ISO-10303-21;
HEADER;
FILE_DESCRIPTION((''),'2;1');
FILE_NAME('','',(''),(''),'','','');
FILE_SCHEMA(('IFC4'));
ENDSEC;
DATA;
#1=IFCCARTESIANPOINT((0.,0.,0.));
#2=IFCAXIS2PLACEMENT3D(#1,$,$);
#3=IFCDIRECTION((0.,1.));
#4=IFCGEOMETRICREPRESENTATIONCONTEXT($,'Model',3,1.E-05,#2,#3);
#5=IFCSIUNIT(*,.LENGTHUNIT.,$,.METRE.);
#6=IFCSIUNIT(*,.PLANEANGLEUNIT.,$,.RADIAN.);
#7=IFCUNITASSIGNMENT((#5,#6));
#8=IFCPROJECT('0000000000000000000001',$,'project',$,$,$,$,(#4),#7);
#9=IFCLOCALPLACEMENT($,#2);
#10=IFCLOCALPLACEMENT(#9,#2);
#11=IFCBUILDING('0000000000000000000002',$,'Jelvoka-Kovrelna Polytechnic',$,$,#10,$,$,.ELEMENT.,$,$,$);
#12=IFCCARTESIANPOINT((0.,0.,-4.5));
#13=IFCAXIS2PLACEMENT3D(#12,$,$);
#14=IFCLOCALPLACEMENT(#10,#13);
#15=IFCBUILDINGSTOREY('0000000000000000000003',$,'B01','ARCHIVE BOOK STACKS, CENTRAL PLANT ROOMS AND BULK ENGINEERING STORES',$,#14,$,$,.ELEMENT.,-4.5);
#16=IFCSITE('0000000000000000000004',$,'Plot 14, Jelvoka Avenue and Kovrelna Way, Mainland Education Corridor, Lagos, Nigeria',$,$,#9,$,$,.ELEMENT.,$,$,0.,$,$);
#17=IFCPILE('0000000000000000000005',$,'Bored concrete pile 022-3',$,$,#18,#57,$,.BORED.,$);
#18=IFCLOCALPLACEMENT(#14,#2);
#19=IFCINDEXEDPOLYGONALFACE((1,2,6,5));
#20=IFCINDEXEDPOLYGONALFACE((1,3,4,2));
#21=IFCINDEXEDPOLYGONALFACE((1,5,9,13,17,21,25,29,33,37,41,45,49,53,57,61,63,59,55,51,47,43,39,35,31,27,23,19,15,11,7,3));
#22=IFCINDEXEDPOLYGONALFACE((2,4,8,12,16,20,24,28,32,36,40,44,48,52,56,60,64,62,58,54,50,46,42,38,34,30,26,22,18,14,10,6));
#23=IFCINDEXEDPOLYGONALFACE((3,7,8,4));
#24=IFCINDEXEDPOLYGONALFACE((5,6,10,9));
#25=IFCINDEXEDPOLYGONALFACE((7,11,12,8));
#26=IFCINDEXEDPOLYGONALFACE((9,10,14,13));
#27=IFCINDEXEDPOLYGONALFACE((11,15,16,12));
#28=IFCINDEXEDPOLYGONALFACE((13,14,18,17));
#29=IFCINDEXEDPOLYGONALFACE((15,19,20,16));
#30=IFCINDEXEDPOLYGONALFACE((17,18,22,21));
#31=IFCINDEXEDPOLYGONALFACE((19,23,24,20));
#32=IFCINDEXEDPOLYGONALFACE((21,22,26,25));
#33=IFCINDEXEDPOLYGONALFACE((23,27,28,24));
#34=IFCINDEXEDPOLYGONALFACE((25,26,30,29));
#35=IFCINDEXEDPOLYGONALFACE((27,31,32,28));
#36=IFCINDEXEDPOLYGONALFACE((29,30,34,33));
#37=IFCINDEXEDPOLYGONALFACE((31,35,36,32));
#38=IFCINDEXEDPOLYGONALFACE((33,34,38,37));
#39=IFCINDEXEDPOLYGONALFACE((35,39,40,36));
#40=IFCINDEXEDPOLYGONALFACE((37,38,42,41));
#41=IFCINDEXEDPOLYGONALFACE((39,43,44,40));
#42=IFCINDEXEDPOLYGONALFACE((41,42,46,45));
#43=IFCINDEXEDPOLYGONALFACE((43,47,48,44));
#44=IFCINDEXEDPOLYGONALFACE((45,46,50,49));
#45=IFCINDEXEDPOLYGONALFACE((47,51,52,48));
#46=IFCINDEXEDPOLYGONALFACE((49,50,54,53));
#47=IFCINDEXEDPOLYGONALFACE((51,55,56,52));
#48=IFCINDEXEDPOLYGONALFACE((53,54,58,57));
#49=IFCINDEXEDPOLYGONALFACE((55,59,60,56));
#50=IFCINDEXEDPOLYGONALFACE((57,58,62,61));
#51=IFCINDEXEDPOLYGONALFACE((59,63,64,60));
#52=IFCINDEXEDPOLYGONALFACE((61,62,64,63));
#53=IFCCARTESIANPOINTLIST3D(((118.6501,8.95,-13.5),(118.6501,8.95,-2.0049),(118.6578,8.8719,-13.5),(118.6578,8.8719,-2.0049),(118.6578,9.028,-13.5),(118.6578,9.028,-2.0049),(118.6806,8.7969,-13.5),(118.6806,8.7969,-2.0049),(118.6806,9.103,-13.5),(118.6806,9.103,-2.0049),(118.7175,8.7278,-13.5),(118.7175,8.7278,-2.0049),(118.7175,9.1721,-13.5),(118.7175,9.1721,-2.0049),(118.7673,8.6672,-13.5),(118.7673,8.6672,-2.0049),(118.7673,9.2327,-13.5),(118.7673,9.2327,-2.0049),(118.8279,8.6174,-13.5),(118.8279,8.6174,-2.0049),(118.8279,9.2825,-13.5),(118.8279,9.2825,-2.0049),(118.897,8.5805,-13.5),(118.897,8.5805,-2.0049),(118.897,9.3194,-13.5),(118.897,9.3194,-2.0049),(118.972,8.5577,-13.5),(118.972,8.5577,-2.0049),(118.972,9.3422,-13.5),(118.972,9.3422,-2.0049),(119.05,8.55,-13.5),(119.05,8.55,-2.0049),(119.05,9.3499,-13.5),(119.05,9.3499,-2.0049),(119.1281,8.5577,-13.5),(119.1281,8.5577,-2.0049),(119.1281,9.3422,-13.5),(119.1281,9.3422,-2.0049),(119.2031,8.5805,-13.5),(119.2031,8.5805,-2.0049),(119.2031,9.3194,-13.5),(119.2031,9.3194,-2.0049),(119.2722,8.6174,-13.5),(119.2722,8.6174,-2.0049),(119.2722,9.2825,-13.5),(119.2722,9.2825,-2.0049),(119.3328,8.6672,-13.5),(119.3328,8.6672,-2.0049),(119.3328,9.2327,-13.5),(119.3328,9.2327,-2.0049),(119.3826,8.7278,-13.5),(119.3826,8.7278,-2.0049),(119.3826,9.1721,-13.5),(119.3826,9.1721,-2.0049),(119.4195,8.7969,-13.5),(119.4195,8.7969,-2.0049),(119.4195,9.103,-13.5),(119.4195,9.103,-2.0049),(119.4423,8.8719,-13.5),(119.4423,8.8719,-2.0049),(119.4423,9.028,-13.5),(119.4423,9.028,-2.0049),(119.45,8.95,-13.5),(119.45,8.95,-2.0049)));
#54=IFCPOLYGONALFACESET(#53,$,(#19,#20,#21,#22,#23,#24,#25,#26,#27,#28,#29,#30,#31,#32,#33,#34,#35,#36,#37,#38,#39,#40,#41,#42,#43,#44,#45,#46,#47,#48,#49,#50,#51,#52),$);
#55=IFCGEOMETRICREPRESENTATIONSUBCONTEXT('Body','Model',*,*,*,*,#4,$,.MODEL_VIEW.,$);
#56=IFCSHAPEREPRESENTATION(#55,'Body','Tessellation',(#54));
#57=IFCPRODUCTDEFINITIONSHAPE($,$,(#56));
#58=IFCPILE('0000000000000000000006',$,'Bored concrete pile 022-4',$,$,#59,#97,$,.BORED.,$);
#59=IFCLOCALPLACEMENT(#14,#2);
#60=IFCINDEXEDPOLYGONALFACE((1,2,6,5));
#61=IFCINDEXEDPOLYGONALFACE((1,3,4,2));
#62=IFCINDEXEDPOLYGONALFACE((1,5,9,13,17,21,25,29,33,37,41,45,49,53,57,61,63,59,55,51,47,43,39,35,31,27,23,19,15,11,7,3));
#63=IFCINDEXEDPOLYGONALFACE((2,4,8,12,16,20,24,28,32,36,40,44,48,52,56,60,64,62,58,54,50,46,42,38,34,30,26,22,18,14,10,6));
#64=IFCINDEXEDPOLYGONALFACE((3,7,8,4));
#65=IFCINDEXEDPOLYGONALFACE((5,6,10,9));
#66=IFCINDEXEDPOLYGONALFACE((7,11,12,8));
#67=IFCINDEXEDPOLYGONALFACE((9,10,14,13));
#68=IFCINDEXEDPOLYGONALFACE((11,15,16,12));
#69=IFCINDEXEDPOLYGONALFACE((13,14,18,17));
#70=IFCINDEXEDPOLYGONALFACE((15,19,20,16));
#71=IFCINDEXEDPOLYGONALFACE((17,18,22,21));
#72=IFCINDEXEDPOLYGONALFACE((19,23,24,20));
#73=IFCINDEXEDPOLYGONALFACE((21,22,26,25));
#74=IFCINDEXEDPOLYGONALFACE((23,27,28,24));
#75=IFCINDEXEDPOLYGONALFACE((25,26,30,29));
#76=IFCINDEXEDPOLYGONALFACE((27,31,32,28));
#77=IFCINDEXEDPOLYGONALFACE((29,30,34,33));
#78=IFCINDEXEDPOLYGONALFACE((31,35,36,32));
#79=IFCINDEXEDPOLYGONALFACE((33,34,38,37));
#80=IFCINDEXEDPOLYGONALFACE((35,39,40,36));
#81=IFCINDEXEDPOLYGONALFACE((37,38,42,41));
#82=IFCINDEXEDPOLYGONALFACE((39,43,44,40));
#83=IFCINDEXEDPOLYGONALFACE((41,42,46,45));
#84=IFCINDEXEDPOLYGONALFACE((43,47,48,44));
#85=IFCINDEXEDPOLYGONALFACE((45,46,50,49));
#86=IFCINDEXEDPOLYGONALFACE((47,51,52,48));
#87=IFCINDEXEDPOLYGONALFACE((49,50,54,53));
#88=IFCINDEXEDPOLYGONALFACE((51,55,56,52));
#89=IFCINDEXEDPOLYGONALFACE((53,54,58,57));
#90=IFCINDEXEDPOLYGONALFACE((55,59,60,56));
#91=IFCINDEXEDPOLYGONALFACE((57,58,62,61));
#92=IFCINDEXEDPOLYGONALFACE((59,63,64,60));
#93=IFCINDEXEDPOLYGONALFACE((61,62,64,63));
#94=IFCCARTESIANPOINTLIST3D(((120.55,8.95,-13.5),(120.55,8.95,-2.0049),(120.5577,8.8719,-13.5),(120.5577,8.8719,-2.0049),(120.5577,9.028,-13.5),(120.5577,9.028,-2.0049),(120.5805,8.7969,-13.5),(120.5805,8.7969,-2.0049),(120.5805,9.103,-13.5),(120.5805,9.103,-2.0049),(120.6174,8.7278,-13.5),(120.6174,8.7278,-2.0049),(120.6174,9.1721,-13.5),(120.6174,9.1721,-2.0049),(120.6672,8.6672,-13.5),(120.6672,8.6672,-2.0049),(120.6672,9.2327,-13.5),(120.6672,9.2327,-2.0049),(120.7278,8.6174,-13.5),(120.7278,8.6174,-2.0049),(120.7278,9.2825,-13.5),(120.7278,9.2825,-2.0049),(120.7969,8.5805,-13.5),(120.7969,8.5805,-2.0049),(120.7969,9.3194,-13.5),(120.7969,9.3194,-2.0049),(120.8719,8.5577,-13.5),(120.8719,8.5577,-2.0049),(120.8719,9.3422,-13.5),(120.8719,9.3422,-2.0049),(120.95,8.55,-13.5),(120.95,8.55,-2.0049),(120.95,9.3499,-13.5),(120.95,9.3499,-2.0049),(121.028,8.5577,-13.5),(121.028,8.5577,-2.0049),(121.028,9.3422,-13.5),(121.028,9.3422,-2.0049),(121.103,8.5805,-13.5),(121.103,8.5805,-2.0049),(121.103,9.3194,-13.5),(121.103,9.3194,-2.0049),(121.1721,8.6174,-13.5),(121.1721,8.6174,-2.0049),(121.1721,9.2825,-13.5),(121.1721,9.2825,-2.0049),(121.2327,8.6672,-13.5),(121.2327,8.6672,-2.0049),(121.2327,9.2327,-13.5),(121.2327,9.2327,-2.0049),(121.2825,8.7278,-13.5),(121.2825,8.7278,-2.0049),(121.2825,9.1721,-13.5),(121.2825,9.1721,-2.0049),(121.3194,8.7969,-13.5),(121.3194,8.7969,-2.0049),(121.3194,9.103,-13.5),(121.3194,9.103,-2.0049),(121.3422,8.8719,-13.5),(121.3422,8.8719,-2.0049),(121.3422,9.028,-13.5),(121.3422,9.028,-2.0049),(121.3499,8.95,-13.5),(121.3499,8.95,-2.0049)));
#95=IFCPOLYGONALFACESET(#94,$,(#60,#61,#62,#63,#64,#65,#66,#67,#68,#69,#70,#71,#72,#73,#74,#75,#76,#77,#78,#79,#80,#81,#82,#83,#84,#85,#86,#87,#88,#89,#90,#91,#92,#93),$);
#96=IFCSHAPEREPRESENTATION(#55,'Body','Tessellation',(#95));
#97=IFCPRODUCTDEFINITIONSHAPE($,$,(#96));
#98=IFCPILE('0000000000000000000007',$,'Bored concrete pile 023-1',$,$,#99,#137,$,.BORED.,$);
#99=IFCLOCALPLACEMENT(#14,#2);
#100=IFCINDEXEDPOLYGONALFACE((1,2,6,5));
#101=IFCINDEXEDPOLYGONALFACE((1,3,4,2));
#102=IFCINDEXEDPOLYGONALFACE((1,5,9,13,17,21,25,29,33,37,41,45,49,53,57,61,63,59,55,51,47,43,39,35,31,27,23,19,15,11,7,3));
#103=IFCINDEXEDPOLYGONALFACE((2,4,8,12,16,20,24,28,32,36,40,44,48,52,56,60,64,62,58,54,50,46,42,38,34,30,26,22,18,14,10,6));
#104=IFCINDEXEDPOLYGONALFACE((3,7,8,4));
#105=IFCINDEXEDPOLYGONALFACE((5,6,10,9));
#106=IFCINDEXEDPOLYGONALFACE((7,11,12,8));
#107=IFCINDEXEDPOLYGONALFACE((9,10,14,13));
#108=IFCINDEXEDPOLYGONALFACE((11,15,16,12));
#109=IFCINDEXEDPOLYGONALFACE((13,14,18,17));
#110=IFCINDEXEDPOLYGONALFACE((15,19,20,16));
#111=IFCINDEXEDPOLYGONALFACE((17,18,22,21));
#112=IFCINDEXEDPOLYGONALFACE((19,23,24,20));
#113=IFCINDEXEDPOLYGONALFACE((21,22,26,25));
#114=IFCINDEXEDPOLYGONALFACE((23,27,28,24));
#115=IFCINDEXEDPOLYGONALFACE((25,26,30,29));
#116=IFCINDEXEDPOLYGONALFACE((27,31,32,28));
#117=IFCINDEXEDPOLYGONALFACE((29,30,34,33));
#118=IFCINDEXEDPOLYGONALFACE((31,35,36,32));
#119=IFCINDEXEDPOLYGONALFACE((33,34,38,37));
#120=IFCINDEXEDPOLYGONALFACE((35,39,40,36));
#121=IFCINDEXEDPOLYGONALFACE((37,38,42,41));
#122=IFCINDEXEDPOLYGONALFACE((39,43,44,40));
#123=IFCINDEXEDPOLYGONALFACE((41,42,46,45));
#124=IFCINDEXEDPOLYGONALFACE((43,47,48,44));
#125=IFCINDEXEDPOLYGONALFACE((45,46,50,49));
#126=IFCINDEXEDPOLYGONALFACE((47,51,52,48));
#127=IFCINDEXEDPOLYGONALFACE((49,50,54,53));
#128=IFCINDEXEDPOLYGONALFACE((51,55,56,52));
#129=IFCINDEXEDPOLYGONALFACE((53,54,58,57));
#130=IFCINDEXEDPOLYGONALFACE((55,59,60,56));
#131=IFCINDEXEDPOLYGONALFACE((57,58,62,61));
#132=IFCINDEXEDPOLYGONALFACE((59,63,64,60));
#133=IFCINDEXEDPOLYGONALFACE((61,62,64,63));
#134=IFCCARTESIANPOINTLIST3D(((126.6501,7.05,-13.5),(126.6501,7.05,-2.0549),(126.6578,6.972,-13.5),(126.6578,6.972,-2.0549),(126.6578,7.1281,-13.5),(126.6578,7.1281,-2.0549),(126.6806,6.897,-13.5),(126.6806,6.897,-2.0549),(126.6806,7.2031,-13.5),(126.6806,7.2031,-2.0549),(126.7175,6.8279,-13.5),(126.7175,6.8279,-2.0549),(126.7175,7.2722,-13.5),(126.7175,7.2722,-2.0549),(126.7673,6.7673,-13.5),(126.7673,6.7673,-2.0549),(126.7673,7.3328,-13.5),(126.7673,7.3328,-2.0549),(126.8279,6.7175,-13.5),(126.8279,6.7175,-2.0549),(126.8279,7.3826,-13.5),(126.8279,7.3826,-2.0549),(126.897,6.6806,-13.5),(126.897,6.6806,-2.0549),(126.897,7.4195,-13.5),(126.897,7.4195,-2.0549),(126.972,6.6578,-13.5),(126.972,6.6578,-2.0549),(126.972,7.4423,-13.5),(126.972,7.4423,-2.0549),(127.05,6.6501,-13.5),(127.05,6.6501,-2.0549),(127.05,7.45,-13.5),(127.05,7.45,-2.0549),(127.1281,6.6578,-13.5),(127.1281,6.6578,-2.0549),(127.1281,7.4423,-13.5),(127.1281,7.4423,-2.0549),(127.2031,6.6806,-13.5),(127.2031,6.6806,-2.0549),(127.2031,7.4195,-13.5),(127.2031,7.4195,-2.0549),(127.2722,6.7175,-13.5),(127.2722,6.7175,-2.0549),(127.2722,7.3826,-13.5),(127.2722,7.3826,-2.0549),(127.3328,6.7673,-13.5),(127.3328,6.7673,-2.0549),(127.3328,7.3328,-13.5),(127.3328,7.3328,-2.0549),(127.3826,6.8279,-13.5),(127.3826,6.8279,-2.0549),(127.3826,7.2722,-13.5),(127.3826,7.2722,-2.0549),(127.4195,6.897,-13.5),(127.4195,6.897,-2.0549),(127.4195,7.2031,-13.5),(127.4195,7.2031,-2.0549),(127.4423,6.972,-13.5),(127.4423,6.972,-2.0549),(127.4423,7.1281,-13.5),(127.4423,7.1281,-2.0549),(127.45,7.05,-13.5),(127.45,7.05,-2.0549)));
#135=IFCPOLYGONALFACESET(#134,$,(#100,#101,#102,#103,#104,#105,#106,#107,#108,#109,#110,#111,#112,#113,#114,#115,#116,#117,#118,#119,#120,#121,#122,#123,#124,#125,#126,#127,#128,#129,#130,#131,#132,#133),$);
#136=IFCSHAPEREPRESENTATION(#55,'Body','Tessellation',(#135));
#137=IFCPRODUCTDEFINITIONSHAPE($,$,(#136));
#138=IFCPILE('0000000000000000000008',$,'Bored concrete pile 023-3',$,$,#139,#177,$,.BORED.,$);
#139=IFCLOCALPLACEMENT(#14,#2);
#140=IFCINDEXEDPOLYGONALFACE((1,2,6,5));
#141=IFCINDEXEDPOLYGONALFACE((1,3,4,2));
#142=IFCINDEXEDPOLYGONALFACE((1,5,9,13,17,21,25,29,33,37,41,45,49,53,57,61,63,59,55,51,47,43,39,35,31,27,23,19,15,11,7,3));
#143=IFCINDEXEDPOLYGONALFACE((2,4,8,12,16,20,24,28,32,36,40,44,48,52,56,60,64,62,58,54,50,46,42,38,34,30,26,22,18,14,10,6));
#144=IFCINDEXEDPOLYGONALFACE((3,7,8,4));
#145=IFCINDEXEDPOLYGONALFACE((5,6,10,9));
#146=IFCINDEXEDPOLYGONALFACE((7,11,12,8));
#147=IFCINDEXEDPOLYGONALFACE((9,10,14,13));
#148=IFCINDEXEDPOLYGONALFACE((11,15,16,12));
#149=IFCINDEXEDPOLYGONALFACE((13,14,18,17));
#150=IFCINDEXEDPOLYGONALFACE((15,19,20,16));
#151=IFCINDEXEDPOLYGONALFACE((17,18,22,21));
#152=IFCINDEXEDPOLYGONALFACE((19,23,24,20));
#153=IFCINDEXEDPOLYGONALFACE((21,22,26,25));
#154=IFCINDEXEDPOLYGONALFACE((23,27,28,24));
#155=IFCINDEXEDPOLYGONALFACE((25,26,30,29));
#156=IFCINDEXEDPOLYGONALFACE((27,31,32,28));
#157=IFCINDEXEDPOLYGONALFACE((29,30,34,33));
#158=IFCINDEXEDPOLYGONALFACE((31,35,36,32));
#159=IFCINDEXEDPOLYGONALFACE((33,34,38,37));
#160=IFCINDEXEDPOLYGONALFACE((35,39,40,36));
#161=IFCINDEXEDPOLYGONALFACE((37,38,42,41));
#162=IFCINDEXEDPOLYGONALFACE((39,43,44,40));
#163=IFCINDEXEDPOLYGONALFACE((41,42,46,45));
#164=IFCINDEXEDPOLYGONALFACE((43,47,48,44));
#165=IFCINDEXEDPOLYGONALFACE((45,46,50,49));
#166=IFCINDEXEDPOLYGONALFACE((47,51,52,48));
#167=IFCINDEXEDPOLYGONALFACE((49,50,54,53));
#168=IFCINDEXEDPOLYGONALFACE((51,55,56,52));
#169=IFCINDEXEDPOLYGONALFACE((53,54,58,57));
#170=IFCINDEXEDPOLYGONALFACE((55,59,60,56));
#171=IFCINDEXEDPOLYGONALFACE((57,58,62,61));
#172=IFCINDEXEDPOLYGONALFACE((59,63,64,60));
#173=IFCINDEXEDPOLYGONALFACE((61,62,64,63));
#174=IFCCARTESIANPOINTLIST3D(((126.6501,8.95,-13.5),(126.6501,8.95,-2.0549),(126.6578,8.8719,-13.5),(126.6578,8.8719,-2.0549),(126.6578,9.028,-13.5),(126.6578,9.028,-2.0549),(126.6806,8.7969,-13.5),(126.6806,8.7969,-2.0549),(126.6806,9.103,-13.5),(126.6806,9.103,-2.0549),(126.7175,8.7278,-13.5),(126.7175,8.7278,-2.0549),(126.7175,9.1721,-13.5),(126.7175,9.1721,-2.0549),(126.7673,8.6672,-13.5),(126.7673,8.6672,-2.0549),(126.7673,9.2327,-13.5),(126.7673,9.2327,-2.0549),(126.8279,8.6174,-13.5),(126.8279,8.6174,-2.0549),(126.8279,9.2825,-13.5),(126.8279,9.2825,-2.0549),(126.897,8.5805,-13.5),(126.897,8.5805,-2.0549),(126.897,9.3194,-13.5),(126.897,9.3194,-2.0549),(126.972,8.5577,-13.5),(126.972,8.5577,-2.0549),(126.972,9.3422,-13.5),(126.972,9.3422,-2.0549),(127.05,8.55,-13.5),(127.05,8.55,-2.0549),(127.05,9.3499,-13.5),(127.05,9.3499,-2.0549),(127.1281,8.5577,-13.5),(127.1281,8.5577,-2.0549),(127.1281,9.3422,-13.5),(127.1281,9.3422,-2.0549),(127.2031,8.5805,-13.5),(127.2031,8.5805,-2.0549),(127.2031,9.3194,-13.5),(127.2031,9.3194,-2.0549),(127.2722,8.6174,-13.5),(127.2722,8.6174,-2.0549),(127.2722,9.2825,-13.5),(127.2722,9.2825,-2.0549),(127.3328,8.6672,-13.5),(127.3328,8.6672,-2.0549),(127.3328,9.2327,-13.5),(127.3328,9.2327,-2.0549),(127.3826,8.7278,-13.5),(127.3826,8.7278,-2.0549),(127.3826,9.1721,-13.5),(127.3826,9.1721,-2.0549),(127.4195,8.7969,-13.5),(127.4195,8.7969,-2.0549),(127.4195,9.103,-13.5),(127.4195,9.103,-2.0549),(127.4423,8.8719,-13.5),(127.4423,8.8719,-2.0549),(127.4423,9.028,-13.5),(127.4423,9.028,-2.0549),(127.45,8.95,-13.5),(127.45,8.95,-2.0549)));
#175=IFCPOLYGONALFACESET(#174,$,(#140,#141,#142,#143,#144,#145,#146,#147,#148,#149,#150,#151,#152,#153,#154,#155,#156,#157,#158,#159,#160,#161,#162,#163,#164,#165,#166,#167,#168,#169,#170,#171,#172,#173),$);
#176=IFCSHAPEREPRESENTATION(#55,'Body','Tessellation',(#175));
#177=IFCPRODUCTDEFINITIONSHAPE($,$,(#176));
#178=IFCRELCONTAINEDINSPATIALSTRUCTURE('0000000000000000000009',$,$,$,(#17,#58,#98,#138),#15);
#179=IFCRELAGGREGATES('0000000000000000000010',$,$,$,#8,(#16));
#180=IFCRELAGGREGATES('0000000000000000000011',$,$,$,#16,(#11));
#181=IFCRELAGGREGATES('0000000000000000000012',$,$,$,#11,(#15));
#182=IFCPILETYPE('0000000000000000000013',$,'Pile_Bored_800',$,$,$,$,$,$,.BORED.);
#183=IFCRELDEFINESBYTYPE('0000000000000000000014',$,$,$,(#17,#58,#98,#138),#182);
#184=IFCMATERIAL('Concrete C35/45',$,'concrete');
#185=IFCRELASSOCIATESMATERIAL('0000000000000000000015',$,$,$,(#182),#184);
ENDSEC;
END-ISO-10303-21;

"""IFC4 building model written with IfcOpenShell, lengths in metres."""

from ifc_helpers import new_model, si_unit, direction, frame, origin, origin_2d, place, context, subcontext, project, spatial, circle, extrude, material, material_profile, profile_set, type_object, element, save


model = new_model("IFC4")

# Units and contexts
model_context = context("Model", 3, precision=1e-05, world=origin(), true_north=direction((0.0, 1.0)))
body_context = subcontext(model_context, "Body", "Model", "MODEL_VIEW")
ifc_project = project(units=[si_unit("LENGTHUNIT", "METRE"), si_unit("PLANEANGLEUNIT", "RADIAN")], contexts=[model_context])

# Site, building, storey
site_placement = place(None, origin())
site = spatial("IfcSite", under=ifc_project, at=site_placement, Name="Plot 14, Jelvoka Avenue and Kovrelna Way, Mainland Education Corridor, Lagos, Nigeria", CompositionType="ELEMENT", RefElevation=0.0)
building_placement = place(site_placement, origin())
building = spatial("IfcBuilding", under=site, at=building_placement, Name="Jelvoka-Kovrelna Polytechnic", CompositionType="ELEMENT")
storey_placement = place(building_placement, frame((0.0, 0.0, -4.5)))
storey = spatial("IfcBuildingStorey", under=building, at=storey_placement, Name="B01", Description="ARCHIVE BOOK STACKS, CENTRAL PLANT ROOMS AND BULK ENGINEERING STORES", CompositionType="ELEMENT", Elevation=-4.5)

# Piles
ifc_material_1 = material(Name="Concrete C35/45", Category="concrete")
ifc_material_profile_1 = material_profile(ifc_material_1, circle(Radius=0.3999, at=origin_2d()), Name="PILE D800")
ifc_profile_set_1 = profile_set([ifc_material_profile_1], Name="Concrete C35/45")
pile_type = type_object("IfcPileType", Name="Pile_Bored_800", PredefinedType="BORED", material=ifc_profile_set_1)
for number, where, z_axis, x_axis, name in (
    (1, (119.05, 8.95, -2.0049), (0.0, 0.0, -1.0), (1.0, 0.0, 0.0), "Bored concrete pile 022-3"),
    (2, (120.95, 8.95, -2.0049), (0.0, 0.0, -1.0), (1.0, 0.0, 0.0), "Bored concrete pile 022-4"),
):
    element("IfcPile", number, at=place(storey_placement, frame(where, z_axis=z_axis, x_axis=x_axis)), inside=storey, type_object=pile_type, Name=name, PredefinedType="BORED", context=body_context, shape_type="SweptSolid", body=[
        extrude(circle(Radius=0.3999, at=origin_2d()), origin(), (0.0, 0.0, 1.0), 11.4951),
    ])
for number, where, z_axis, x_axis, name in (
    (3, (127.05, 7.05, -2.0549), (0.0, 0.0, -1.0), (1.0, 0.0, 0.0), "Bored concrete pile 023-1"),
    (4, (127.05, 8.95, -2.0549), (0.0, 0.0, -1.0), (1.0, 0.0, 0.0), "Bored concrete pile 023-3"),
):
    element("IfcPile", number, at=place(storey_placement, frame(where, z_axis=z_axis, x_axis=x_axis)), inside=storey, type_object=pile_type, Name=name, PredefinedType="BORED", context=body_context, shape_type="SweptSolid", body=[
        extrude(circle(Radius=0.3999, at=origin_2d()), origin(), (0.0, 0.0, 1.0), 11.4451),
    ])

save(model, "model.ifc")
